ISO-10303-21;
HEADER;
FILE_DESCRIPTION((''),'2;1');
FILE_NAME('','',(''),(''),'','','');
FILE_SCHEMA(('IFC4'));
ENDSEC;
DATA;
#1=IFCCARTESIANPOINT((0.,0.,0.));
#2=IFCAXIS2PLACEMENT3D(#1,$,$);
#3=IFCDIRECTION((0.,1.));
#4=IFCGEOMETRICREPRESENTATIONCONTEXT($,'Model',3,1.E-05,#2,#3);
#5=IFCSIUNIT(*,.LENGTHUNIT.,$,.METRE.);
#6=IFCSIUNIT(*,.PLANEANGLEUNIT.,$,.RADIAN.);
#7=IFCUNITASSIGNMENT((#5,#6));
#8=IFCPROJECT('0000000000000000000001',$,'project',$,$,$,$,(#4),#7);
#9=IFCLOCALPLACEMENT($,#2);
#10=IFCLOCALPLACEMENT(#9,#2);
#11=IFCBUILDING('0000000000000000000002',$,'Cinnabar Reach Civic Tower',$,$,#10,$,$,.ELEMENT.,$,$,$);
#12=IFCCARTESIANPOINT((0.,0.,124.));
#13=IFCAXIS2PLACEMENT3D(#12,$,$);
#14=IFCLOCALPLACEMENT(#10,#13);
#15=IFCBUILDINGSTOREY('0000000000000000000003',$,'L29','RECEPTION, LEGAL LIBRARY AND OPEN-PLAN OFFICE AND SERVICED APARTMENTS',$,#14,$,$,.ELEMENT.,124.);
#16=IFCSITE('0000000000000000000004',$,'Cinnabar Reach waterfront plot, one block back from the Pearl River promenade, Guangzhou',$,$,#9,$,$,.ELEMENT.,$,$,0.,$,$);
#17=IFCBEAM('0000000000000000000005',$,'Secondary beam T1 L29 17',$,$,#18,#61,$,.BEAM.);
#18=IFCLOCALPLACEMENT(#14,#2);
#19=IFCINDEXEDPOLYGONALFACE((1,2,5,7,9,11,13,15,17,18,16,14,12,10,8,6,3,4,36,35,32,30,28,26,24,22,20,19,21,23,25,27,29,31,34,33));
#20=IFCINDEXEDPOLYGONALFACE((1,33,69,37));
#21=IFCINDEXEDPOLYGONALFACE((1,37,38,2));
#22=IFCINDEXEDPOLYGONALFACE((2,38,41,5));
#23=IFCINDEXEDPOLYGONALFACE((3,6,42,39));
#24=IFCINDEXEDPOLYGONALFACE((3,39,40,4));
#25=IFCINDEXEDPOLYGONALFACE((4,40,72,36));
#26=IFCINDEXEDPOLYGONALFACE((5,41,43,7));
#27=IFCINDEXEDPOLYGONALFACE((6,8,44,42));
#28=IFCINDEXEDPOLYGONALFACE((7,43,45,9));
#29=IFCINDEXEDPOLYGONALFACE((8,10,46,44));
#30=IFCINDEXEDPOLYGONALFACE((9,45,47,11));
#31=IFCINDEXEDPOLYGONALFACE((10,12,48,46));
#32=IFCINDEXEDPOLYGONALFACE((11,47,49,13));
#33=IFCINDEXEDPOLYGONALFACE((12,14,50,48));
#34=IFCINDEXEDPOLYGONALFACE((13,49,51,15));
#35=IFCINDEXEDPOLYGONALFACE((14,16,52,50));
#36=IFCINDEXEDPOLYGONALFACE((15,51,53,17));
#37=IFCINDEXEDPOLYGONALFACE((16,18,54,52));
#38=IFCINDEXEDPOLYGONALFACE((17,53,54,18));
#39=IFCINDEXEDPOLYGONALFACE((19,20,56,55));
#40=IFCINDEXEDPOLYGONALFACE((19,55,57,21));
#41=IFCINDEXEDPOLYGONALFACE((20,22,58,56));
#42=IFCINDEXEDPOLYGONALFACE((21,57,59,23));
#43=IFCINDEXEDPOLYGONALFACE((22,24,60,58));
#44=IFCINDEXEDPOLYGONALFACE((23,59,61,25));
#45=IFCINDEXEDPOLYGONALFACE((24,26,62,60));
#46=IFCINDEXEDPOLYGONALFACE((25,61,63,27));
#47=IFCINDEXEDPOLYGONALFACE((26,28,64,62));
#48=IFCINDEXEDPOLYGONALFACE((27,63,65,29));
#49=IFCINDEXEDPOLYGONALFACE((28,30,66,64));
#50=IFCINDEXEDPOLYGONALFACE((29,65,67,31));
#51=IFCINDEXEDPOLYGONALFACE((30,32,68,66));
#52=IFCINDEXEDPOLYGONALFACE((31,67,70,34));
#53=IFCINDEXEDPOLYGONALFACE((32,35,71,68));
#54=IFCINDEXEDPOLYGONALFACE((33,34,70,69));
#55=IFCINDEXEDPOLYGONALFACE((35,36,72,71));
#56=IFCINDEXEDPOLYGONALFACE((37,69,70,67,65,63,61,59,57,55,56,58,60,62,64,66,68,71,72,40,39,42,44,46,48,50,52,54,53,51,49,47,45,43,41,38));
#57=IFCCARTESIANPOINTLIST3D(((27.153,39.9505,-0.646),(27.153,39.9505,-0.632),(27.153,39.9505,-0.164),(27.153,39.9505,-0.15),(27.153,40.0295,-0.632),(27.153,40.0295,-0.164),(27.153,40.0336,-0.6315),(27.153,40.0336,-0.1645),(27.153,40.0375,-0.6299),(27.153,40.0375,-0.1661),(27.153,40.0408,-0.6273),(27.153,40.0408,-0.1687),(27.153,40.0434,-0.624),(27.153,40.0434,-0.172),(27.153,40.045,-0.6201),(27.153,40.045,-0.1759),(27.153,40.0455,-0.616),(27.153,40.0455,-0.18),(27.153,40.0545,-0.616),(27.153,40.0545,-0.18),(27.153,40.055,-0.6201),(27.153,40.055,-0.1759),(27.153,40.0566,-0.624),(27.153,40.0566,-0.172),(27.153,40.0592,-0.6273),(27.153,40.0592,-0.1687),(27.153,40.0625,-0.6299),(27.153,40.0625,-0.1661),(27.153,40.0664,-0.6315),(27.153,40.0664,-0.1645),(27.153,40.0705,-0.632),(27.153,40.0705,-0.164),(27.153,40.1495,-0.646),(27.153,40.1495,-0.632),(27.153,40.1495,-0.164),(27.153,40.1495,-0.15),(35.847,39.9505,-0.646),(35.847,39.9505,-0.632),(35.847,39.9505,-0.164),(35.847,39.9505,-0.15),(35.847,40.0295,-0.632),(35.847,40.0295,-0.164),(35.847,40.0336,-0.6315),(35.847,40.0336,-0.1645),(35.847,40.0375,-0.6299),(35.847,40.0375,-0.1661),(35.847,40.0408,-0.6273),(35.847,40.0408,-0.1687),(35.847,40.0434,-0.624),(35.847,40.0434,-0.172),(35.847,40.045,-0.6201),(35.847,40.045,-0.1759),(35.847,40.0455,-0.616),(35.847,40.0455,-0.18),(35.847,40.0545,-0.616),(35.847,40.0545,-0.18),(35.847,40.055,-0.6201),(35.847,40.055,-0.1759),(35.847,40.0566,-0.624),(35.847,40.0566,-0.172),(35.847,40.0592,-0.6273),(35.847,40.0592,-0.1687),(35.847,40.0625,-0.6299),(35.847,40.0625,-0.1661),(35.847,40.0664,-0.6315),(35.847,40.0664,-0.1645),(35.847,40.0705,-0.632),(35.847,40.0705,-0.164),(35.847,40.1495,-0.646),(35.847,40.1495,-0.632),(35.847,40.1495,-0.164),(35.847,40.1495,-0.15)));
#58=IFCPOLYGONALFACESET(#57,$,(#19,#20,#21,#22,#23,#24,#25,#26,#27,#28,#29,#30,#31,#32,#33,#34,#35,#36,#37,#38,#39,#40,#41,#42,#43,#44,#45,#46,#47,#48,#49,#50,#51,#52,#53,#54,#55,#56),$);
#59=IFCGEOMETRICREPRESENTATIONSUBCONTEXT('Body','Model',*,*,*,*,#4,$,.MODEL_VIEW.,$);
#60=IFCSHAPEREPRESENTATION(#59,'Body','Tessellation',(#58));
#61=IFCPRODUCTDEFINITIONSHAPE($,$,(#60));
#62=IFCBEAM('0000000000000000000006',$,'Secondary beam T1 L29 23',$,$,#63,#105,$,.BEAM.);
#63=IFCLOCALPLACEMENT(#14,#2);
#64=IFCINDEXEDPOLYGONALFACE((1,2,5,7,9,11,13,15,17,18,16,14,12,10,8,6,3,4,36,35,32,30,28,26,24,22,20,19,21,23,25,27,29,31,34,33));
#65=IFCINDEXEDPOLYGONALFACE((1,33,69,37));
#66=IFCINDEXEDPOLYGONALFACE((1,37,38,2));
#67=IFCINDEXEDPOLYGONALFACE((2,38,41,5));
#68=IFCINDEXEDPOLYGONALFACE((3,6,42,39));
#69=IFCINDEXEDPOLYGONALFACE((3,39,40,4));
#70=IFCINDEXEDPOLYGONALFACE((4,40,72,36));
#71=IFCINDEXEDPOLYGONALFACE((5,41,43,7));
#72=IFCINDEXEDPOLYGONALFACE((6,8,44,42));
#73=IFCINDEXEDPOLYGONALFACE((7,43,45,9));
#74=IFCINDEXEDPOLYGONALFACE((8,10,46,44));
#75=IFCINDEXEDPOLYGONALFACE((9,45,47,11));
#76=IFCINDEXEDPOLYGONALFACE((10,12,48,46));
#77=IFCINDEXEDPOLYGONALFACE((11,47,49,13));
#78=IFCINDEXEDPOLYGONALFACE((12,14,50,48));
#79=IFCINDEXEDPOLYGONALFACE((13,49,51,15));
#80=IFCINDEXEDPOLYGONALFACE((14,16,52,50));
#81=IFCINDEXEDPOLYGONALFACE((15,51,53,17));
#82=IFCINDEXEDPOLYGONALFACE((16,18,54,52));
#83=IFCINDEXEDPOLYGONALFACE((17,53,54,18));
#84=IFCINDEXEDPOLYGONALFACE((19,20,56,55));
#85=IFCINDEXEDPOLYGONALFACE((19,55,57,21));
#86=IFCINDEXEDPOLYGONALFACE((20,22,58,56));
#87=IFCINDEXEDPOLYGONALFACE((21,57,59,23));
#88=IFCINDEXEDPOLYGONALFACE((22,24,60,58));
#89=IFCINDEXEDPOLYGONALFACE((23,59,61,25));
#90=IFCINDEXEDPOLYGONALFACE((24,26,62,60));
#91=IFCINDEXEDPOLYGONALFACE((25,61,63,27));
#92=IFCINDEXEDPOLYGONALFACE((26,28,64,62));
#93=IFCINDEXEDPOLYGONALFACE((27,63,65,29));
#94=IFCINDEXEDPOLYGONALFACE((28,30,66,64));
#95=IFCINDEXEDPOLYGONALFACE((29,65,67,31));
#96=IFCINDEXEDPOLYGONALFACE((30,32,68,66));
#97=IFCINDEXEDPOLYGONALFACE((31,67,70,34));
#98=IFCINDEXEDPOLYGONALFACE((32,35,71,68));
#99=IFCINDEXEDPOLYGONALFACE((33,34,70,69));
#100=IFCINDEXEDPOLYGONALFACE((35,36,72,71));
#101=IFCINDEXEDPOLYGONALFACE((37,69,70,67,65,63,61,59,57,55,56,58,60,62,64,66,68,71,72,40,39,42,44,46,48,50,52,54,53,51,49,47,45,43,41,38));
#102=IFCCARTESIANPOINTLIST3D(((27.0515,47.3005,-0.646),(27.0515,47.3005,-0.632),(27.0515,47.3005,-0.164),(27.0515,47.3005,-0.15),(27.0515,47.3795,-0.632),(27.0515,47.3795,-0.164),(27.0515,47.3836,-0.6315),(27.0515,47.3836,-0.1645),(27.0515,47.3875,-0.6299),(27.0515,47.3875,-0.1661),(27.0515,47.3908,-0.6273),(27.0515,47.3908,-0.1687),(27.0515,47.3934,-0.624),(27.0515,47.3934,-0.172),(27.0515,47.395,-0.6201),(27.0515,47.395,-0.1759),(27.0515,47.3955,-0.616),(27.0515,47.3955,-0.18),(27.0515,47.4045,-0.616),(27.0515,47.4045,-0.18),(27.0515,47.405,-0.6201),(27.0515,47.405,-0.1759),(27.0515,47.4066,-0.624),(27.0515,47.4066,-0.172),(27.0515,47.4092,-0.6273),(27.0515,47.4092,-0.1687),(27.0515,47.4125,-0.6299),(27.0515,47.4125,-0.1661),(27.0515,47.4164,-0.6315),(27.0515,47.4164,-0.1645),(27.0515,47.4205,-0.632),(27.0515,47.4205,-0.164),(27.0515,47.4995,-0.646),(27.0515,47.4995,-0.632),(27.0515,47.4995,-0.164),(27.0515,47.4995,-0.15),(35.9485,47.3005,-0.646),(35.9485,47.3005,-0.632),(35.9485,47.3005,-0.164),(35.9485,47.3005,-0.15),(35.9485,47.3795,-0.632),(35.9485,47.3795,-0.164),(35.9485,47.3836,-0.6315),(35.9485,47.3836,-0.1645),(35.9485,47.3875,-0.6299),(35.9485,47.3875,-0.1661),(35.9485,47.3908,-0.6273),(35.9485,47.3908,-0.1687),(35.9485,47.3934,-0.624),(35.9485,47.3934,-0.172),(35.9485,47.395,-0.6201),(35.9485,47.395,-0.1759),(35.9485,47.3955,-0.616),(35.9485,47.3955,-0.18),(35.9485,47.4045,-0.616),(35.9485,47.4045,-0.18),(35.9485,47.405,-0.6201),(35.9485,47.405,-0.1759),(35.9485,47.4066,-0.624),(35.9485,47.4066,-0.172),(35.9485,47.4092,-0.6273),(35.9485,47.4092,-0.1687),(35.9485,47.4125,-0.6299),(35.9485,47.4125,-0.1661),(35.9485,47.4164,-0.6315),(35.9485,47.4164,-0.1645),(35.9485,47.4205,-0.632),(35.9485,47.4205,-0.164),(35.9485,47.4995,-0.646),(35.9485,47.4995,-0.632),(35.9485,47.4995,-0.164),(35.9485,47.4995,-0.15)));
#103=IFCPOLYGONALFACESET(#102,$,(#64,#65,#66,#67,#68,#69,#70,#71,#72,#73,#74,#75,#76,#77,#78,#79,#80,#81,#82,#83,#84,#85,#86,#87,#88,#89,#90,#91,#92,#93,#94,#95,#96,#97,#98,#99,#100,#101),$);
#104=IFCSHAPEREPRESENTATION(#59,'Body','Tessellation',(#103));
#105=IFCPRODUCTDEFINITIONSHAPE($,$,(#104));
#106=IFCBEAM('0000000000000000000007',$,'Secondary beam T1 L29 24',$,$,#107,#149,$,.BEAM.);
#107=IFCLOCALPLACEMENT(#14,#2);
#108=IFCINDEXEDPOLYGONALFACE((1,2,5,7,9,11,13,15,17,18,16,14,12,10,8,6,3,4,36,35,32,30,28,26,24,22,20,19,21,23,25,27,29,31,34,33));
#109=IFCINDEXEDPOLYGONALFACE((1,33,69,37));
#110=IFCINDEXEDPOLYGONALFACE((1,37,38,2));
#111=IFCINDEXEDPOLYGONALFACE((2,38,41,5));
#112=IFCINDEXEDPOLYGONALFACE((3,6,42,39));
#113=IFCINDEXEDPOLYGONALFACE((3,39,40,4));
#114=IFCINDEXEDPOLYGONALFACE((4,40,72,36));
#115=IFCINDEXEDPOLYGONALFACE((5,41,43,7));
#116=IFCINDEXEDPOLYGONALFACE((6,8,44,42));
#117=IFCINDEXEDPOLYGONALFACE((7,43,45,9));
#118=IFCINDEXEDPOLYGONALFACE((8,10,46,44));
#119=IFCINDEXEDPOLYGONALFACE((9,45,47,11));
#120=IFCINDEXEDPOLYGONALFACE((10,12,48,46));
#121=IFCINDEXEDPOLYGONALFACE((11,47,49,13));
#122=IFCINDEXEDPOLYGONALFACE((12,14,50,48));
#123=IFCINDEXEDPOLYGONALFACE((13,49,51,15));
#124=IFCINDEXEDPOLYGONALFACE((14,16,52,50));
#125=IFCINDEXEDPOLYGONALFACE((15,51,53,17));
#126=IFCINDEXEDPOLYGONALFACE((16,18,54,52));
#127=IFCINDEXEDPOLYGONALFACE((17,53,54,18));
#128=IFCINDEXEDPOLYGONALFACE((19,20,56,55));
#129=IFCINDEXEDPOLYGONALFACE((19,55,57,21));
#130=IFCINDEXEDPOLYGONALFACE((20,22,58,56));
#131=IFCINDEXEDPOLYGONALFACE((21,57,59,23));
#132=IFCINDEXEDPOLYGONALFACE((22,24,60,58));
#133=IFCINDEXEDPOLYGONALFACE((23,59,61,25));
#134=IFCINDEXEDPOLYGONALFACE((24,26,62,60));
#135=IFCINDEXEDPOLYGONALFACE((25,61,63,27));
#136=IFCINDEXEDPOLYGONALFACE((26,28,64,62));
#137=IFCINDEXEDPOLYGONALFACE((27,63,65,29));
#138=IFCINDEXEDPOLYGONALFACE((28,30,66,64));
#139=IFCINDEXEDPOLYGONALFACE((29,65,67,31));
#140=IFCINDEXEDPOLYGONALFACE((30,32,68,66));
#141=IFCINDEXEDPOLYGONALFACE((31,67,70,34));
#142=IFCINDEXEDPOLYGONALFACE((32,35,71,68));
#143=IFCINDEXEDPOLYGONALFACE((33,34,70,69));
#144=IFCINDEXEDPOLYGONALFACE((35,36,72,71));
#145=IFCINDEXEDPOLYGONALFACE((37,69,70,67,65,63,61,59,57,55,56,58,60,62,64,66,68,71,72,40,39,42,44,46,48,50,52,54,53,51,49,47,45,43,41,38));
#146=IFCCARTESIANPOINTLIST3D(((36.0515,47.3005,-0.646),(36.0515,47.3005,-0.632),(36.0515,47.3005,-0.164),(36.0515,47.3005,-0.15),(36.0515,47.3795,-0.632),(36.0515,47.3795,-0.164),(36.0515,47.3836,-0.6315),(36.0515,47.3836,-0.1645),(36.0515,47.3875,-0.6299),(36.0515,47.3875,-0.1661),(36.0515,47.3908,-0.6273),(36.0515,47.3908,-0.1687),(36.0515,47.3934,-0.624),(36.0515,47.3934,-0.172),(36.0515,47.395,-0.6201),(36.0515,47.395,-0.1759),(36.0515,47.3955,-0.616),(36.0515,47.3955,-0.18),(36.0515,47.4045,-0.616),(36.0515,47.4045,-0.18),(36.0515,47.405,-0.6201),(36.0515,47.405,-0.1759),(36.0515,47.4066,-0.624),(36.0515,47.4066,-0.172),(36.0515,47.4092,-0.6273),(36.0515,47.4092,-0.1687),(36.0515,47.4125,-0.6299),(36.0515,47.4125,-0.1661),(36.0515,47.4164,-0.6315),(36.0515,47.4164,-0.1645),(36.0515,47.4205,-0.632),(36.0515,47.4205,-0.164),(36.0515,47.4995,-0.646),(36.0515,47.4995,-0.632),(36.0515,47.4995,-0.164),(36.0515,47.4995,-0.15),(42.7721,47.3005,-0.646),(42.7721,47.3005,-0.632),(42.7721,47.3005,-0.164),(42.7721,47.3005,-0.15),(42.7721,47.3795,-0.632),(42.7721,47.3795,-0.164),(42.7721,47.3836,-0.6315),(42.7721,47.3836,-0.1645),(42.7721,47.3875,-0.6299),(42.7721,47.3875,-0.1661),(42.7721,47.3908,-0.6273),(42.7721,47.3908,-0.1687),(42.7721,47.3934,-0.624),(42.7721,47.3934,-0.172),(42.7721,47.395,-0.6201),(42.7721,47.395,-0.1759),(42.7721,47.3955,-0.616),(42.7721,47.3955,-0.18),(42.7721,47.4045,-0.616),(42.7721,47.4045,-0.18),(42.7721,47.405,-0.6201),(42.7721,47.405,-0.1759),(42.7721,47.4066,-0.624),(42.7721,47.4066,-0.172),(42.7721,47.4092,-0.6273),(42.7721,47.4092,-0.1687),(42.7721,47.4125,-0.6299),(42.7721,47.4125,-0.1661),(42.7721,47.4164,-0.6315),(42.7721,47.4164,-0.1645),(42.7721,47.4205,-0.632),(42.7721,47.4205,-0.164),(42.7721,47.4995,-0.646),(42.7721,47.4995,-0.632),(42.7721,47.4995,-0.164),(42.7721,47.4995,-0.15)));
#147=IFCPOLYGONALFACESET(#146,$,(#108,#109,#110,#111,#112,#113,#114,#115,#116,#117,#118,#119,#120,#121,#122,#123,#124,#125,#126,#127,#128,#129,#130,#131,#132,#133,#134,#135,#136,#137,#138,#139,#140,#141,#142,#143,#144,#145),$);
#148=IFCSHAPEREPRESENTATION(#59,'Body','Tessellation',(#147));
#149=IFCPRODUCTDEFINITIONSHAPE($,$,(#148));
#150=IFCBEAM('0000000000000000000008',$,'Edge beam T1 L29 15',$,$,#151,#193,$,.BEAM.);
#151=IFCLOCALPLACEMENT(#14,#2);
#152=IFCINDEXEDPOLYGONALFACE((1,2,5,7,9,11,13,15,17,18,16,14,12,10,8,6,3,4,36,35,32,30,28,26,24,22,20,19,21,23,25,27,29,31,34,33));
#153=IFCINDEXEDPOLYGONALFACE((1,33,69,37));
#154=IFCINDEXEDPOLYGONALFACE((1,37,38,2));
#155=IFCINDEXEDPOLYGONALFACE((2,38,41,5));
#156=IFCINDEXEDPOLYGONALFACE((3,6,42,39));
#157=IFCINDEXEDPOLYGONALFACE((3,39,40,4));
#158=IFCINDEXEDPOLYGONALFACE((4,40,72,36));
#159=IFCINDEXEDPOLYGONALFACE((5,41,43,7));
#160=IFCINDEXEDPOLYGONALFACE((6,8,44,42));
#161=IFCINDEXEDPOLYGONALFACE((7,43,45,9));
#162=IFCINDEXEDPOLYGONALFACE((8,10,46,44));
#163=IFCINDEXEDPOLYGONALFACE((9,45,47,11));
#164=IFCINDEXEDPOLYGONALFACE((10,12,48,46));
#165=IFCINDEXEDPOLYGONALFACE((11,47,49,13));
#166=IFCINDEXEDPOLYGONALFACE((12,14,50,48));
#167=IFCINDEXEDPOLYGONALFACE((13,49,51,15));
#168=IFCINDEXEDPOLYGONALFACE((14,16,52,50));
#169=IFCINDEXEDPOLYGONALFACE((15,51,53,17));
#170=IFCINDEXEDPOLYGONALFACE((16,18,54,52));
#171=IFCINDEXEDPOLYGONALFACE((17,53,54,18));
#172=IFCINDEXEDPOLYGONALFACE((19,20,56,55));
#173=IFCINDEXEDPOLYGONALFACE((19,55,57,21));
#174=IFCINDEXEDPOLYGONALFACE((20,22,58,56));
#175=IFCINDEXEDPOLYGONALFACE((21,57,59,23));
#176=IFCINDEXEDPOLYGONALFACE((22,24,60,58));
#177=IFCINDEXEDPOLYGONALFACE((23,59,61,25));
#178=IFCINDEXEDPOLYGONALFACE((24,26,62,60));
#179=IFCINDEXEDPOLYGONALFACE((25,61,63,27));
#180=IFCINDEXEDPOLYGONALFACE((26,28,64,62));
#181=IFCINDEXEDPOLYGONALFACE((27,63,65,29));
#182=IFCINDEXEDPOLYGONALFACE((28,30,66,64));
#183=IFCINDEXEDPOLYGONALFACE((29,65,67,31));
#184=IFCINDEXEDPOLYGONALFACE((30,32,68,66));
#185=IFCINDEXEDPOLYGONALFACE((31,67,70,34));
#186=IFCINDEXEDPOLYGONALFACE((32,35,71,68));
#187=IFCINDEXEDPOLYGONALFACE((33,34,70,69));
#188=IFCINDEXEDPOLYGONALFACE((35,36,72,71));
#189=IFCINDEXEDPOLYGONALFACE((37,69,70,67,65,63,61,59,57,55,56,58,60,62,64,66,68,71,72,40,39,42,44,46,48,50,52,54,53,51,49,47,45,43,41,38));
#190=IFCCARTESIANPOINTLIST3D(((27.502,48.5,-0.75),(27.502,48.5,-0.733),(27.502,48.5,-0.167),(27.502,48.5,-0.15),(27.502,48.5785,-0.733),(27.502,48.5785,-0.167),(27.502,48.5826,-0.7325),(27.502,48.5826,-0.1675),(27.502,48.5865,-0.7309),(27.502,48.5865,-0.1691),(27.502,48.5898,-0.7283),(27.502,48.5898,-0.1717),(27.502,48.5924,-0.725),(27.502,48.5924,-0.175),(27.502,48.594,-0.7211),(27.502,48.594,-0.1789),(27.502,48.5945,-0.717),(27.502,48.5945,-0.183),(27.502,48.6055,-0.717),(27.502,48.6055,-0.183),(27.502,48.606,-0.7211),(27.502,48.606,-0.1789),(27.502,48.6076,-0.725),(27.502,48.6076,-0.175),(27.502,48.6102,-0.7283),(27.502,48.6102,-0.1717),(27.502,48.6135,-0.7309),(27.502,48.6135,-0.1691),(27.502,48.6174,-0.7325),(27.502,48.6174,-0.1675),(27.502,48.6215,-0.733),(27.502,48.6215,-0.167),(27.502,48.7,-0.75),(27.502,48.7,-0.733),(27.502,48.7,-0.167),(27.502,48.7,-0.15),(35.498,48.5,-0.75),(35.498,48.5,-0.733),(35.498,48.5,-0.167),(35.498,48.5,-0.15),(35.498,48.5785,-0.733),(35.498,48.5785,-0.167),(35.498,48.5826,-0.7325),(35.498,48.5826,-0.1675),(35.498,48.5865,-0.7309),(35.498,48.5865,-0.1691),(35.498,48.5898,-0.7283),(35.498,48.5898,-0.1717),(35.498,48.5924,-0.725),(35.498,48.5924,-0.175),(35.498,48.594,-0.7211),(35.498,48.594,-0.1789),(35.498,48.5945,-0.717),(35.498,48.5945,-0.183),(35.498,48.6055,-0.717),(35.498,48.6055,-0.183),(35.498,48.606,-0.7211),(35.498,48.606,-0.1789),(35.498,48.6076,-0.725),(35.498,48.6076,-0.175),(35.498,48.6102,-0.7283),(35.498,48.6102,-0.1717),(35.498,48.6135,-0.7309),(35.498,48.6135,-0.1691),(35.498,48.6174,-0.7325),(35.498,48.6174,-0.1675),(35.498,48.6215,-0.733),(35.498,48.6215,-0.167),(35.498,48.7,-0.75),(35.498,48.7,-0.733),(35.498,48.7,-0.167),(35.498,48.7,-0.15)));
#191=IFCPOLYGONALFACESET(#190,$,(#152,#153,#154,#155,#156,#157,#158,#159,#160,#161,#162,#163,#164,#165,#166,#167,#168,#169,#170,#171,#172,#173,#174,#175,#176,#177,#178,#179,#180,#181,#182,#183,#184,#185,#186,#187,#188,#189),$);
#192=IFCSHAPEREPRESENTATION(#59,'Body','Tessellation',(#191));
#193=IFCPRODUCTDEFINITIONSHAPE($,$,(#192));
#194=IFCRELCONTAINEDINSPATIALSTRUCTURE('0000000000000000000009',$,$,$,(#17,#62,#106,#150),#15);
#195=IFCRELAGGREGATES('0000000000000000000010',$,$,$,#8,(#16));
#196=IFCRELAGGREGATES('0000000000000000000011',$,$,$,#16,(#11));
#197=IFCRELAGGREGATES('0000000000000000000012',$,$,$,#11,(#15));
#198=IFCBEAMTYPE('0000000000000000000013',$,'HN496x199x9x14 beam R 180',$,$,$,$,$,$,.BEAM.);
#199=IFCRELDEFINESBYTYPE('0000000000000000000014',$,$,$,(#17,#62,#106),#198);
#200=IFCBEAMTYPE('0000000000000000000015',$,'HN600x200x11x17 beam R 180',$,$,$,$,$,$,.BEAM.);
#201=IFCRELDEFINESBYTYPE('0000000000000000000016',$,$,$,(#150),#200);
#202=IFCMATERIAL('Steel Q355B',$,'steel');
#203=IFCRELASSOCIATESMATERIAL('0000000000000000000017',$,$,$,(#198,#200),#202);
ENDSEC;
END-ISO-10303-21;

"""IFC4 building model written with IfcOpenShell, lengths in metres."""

from ifc_helpers import new_model, si_unit, direction, frame, origin, origin_2d, place, context, subcontext, project, spatial, i_section, extrude, material, material_profile, profile_set, type_object, element, save


model = new_model("IFC4")

# Units and contexts
model_context = context("Model", 3, precision=1e-05, world=origin(), true_north=direction((0.0, 1.0)))
body_context = subcontext(model_context, "Body", "Model", "MODEL_VIEW")
ifc_project = project(units=[si_unit("LENGTHUNIT", "METRE"), si_unit("PLANEANGLEUNIT", "RADIAN")], contexts=[model_context])

# Site, building, storey
site_placement = place(None, origin())
site = spatial("IfcSite", under=ifc_project, at=site_placement, Name="Cinnabar Reach waterfront plot, one block back from the Pearl River promenade, Guangzhou", CompositionType="ELEMENT", RefElevation=0.0)
building_placement = place(site_placement, origin())
building = spatial("IfcBuilding", under=site, at=building_placement, Name="Cinnabar Reach Civic Tower", CompositionType="ELEMENT")
storey_placement = place(building_placement, frame((0.0, 0.0, 124.0)))
storey = spatial("IfcBuildingStorey", under=building, at=storey_placement, Name="L29", Description="RECEPTION, LEGAL LIBRARY AND OPEN-PLAN OFFICE AND SERVICED APARTMENTS", CompositionType="ELEMENT", Elevation=124.0)

# Beams
ifc_material_1 = material(Name="Steel Q355B", Category="steel")
ifc_material_profile_1 = material_profile(ifc_material_1, i_section(OverallWidth=0.199, OverallDepth=0.496, WebThickness=0.009, FlangeThickness=0.014, FilletRadius=0.016, at=origin_2d()), Name="HN496x199x9x14")
ifc_profile_set_1 = profile_set([ifc_material_profile_1], Name="Steel Q355B")
beam_type_1 = type_object("IfcBeamType", Name="HN496x199x9x14 beam R 180", PredefinedType="BEAM", material=ifc_profile_set_1)
beam_1_placement = place(storey_placement, frame((27.153, 40.05, -0.398), z_axis=(1.0, 0.0, 0.0), x_axis=(0.0, 1.0, 0.0)))
element("IfcBeam", 1, at=beam_1_placement, inside=storey, type_object=beam_type_1, Name="Secondary beam T1 L29 17", PredefinedType="BEAM", context=body_context, shape_type="SweptSolid", body=[
    extrude(i_section(OverallWidth=0.199, OverallDepth=0.496, WebThickness=0.009, FlangeThickness=0.014, FilletRadius=0.016, at=origin_2d()), origin(), (0.0, 0.0, 1.0), 8.694),
])
beam_2_placement = place(storey_placement, frame((27.0515, 47.4, -0.398), z_axis=(1.0, 0.0, 0.0), x_axis=(0.0, 1.0, 0.0)))
element("IfcBeam", 2, at=beam_2_placement, inside=storey, type_object=beam_type_1, Name="Secondary beam T1 L29 23", PredefinedType="BEAM", context=body_context, shape_type="SweptSolid", body=[
    extrude(i_section(OverallWidth=0.199, OverallDepth=0.496, WebThickness=0.009, FlangeThickness=0.014, FilletRadius=0.016, at=origin_2d()), origin(), (0.0, 0.0, 1.0), 8.897),
])
beam_3_placement = place(storey_placement, frame((36.0515, 47.4, -0.398), z_axis=(1.0, 0.0, 0.0), x_axis=(0.0, 1.0, 0.0)))
element("IfcBeam", 3, at=beam_3_placement, inside=storey, type_object=beam_type_1, Name="Secondary beam T1 L29 24", PredefinedType="BEAM", context=body_context, shape_type="SweptSolid", body=[
    extrude(i_section(OverallWidth=0.199, OverallDepth=0.496, WebThickness=0.009, FlangeThickness=0.014, FilletRadius=0.016, at=origin_2d()), origin(), (0.0, 0.0, 1.0), 6.7206),
])
ifc_material_profile_2 = material_profile(ifc_material_1, i_section(OverallWidth=0.2, OverallDepth=0.6, WebThickness=0.011, FlangeThickness=0.017, FilletRadius=0.016, at=origin_2d()), Name="HN600x200x11x17")
ifc_profile_set_2 = profile_set([ifc_material_profile_2], Name="Steel Q355B")
beam_type_2 = type_object("IfcBeamType", Name="HN600x200x11x17 beam R 180", PredefinedType="BEAM", material=ifc_profile_set_2)
for number, where, z_axis, x_axis, name in (
    (4, (35.498, 48.6, -0.45), (-1.0, 0.0, 0.0), (0.0, -1.0, 0.0), "Edge beam T1 L29 15"),
):
    element("IfcBeam", number, at=place(storey_placement, frame(where, z_axis=z_axis, x_axis=x_axis)), inside=storey, type_object=beam_type_2, Name=name, PredefinedType="BEAM", context=body_context, shape_type="SweptSolid", body=[
        extrude(i_section(OverallWidth=0.2, OverallDepth=0.6, WebThickness=0.011, FlangeThickness=0.017, FilletRadius=0.016, at=origin_2d()), origin(), (0.0, 0.0, 1.0), 7.996),
    ])

save(model, "model.ifc")
